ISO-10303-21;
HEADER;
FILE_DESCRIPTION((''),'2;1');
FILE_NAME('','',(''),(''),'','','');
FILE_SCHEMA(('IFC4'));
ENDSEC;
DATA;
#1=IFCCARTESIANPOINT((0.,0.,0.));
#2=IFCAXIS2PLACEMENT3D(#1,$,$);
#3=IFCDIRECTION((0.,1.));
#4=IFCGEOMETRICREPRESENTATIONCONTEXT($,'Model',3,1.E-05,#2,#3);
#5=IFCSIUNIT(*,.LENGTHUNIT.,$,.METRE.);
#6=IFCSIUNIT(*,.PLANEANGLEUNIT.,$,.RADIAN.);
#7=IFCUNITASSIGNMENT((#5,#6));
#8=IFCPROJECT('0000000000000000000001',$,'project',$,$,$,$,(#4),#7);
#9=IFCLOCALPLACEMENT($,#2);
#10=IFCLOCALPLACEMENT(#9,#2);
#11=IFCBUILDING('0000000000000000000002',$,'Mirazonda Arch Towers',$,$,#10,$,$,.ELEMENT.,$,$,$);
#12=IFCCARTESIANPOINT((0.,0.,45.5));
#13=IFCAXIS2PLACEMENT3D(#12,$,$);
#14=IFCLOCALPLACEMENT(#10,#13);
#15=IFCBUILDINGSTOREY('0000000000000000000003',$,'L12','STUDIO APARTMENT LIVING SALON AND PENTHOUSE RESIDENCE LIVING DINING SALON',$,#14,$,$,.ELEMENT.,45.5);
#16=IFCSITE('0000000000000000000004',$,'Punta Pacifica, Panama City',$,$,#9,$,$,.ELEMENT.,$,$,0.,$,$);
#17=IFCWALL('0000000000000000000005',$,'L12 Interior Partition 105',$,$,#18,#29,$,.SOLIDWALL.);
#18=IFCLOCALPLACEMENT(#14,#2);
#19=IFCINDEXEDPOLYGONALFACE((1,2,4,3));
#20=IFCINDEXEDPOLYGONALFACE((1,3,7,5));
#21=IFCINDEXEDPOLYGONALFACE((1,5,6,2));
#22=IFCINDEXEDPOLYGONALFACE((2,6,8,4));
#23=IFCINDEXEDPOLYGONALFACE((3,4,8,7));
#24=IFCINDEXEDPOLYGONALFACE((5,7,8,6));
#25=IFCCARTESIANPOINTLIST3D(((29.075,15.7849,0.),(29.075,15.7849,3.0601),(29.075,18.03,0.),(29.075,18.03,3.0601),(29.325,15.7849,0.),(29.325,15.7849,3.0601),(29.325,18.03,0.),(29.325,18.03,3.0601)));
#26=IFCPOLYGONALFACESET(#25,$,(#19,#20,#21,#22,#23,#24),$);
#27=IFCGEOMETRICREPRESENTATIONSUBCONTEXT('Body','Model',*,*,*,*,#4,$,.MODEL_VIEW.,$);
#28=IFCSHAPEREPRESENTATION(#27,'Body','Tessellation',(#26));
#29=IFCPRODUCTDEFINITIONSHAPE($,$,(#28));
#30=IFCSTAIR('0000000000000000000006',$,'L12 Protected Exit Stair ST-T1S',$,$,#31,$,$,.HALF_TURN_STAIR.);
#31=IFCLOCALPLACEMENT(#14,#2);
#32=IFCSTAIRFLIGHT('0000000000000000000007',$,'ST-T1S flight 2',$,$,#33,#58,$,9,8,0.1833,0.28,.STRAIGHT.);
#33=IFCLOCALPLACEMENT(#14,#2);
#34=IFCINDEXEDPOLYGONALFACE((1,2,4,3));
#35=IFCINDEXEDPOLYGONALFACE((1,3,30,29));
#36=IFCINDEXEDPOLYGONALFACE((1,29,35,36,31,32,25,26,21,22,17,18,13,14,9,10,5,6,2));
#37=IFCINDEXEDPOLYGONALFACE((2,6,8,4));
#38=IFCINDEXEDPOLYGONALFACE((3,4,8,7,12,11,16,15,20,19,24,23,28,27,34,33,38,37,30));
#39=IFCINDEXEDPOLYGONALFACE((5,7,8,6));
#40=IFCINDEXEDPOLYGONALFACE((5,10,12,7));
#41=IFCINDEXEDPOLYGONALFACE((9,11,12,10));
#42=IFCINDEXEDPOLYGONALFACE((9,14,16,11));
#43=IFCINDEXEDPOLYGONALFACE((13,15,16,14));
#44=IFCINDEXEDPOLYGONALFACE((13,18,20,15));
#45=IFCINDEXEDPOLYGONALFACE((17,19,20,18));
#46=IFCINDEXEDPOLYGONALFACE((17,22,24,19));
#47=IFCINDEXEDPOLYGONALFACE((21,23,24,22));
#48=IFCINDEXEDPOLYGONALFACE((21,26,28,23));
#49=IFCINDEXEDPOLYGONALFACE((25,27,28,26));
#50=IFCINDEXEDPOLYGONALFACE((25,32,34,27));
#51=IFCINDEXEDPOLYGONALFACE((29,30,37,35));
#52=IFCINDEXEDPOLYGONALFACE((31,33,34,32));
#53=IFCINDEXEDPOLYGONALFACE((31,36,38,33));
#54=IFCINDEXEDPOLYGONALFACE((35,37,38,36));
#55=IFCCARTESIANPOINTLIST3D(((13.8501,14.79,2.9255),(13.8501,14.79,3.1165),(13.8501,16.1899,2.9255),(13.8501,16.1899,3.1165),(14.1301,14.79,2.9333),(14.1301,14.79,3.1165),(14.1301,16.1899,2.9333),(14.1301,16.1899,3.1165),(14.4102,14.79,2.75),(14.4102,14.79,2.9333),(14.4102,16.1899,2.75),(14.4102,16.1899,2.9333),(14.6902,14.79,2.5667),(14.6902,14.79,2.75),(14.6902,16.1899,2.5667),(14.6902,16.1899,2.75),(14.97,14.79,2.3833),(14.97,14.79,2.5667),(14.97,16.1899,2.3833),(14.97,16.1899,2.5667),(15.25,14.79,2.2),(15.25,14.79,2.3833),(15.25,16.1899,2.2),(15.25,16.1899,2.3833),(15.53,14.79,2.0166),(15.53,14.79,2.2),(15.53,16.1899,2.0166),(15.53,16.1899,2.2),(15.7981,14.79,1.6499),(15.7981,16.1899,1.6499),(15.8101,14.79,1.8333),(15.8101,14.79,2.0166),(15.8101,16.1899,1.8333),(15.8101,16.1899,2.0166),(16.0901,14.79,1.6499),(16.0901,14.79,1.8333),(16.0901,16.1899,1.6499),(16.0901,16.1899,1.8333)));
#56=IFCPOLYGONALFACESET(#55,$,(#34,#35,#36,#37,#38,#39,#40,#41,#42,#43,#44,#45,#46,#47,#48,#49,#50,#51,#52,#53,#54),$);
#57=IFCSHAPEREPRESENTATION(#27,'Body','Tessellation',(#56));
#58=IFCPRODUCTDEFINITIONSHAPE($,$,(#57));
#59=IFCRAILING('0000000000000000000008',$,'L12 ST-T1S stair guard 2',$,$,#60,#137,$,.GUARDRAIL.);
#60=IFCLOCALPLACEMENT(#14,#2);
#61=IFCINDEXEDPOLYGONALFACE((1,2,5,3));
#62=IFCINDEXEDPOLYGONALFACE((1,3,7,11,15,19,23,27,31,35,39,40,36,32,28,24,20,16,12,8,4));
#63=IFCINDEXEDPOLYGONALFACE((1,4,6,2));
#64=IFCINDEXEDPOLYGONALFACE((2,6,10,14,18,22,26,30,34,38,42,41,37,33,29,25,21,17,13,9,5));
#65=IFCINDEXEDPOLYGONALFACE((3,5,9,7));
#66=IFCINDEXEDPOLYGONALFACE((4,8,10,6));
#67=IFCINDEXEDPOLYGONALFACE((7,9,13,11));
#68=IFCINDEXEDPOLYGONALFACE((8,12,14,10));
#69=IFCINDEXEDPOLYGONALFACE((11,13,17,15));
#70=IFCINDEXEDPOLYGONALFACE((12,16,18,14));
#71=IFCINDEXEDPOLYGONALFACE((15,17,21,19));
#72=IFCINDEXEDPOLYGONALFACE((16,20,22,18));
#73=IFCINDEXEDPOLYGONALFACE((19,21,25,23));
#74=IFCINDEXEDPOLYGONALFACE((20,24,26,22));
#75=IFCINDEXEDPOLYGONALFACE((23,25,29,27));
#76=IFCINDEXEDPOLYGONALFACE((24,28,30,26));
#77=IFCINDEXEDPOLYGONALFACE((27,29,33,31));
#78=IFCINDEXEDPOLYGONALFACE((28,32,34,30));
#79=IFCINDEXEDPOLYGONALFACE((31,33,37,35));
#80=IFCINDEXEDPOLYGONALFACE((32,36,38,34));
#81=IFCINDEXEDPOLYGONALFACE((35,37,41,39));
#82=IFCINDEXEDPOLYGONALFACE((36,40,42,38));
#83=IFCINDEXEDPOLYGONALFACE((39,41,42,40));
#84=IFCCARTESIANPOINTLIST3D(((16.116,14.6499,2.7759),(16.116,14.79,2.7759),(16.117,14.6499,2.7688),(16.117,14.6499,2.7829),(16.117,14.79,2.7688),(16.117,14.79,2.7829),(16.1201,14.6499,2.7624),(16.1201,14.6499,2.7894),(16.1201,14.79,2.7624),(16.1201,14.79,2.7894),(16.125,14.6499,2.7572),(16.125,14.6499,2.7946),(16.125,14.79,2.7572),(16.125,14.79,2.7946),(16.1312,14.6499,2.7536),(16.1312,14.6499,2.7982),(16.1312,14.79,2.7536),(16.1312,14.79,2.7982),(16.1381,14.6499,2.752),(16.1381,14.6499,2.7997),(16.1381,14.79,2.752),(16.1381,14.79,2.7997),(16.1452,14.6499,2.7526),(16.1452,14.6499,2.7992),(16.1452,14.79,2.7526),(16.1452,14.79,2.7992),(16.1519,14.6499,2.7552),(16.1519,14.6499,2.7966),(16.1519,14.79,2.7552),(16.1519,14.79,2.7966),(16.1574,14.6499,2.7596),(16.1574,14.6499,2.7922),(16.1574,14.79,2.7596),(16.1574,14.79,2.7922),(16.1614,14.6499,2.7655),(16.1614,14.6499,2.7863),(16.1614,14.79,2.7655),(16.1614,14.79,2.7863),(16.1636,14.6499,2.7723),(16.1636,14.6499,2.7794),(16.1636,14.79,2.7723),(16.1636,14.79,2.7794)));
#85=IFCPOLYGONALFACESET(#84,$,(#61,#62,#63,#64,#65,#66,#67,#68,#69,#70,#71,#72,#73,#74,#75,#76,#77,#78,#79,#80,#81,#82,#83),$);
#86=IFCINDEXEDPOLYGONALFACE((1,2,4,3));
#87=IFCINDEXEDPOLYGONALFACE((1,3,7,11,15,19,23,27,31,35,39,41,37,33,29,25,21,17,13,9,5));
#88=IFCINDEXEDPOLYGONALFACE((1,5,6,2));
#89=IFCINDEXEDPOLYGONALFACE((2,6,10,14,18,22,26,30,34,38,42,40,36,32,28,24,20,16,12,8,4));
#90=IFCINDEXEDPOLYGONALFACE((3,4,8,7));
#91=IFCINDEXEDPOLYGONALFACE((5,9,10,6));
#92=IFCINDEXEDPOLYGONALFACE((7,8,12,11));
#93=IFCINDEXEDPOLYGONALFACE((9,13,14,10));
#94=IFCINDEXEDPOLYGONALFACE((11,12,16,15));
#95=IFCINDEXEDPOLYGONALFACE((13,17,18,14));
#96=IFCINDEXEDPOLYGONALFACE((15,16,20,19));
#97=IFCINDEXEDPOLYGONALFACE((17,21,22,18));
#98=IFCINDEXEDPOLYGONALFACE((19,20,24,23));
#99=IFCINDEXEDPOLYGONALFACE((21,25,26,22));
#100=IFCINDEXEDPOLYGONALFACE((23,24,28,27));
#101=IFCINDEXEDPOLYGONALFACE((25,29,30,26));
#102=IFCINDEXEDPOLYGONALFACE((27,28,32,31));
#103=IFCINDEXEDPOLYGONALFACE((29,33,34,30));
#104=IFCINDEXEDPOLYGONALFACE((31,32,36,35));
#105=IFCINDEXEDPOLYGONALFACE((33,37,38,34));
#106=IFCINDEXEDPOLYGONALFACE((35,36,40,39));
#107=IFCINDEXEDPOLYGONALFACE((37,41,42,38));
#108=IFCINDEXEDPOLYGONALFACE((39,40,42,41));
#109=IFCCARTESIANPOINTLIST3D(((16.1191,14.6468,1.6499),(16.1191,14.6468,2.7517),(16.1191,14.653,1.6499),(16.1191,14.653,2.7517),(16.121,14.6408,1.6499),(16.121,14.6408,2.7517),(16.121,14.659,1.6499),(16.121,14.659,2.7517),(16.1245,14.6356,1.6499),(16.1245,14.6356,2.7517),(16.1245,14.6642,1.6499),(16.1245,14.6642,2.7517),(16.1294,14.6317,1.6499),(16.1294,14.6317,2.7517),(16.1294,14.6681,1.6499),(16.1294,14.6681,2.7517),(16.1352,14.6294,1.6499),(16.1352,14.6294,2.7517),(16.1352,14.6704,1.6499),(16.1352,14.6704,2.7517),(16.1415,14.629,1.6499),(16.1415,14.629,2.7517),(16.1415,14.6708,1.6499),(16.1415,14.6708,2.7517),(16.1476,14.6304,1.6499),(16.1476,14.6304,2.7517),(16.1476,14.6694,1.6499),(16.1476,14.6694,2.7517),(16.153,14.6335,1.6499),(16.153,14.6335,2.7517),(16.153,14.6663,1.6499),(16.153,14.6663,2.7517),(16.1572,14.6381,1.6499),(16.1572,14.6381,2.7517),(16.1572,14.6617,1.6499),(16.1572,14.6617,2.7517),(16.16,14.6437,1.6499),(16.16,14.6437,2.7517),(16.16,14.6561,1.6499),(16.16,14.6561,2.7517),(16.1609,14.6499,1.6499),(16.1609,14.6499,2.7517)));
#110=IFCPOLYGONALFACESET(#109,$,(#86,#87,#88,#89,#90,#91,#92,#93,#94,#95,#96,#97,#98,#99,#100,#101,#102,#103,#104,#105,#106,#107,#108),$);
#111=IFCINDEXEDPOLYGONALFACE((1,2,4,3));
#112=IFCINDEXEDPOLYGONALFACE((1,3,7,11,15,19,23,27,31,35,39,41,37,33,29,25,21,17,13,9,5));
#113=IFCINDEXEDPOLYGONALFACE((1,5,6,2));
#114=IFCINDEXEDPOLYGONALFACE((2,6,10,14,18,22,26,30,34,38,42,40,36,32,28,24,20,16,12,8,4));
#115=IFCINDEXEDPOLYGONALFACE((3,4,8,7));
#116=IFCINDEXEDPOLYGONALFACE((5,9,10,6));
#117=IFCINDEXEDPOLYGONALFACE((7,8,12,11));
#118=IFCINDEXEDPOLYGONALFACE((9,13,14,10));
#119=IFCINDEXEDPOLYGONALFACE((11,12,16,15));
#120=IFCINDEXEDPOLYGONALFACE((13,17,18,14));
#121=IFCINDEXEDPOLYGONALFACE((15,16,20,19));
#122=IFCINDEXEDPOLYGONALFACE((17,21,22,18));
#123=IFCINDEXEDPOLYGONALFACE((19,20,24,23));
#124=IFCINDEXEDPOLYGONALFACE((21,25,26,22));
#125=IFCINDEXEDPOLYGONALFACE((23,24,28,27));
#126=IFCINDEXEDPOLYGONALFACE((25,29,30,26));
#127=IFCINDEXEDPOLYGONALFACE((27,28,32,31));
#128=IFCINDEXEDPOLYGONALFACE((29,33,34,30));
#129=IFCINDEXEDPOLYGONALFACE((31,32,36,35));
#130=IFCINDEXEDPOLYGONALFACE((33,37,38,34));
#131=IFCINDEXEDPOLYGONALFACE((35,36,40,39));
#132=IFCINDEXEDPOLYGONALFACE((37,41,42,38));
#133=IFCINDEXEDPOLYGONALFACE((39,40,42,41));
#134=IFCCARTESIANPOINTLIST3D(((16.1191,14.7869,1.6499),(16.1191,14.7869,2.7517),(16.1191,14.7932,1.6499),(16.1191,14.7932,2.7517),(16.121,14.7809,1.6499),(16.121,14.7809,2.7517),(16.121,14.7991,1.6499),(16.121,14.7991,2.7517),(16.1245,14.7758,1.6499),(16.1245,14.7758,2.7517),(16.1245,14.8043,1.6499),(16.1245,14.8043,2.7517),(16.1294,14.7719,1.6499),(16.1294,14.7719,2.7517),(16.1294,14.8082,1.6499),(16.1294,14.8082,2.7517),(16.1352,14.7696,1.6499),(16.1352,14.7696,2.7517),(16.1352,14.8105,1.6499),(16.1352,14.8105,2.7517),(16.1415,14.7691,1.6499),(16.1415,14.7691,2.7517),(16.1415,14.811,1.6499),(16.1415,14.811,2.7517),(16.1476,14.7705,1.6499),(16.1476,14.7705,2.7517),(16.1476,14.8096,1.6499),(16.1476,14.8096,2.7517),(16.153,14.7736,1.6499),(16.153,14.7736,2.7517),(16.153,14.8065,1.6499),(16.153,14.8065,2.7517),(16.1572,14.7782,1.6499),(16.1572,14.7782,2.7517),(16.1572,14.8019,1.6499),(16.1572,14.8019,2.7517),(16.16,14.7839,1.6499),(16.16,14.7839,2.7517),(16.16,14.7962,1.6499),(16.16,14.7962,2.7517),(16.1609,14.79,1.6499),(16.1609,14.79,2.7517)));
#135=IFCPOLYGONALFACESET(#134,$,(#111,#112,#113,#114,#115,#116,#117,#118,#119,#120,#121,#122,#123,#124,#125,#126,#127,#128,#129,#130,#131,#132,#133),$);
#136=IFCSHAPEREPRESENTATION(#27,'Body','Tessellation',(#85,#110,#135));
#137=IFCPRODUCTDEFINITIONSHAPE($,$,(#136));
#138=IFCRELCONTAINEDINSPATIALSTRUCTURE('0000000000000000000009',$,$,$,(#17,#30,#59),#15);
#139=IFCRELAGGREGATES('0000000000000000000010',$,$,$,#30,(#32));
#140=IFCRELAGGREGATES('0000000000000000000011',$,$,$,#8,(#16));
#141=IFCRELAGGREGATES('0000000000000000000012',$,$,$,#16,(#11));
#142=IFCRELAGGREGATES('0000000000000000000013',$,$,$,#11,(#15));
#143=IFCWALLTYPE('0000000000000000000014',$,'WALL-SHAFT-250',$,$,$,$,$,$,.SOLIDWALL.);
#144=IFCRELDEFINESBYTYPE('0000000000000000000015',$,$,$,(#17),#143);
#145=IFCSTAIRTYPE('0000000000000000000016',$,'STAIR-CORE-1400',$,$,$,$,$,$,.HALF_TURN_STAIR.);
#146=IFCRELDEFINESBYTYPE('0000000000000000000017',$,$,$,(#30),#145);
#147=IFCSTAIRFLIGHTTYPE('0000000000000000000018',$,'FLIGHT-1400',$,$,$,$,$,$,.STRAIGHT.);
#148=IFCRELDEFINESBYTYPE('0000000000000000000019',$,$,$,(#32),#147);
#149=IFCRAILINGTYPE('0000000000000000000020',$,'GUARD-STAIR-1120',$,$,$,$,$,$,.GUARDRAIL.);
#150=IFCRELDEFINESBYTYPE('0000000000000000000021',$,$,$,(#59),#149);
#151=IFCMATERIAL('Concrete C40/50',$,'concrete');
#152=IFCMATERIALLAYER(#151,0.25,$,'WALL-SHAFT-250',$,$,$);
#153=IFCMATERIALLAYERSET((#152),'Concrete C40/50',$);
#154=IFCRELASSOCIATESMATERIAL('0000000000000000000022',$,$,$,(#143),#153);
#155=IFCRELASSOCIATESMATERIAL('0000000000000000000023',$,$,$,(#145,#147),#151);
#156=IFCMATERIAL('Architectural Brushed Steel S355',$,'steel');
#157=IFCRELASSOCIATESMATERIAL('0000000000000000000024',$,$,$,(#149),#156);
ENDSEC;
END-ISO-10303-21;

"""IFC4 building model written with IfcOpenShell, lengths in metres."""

from ifc_helpers import new_model, si_unit, direction, frame, frame_2d, origin, origin_2d, place, context, subcontext, project, spatial, polyline, rectangle, circle, outline, extrude, material, layer, layer_set, type_object, element, aggregate, save


model = new_model("IFC4")

# Units and contexts
model_context = context("Model", 3, precision=1e-05, world=origin(), true_north=direction((0.0, 1.0)))
body_context = subcontext(model_context, "Body", "Model", "MODEL_VIEW")
ifc_project = project(units=[si_unit("LENGTHUNIT", "METRE"), si_unit("PLANEANGLEUNIT", "RADIAN")], contexts=[model_context])

# Site, building, storey
site_placement = place(None, origin())
site = spatial("IfcSite", under=ifc_project, at=site_placement, Name="Punta Pacifica, Panama City", CompositionType="ELEMENT", RefElevation=0.0)
building_placement = place(site_placement, origin())
building = spatial("IfcBuilding", under=site, at=building_placement, Name="Mirazonda Arch Towers", CompositionType="ELEMENT")
storey_placement = place(building_placement, frame((0.0, 0.0, 45.5)))
storey = spatial("IfcBuildingStorey", under=building, at=storey_placement, Name="L12", Description="STUDIO APARTMENT LIVING SALON AND PENTHOUSE RESIDENCE LIVING DINING SALON", CompositionType="ELEMENT", Elevation=45.5)

# Wall
ifc_material_1 = material(Name="Concrete C40/50", Category="concrete")
ifc_layer_1 = layer(ifc_material_1, 0.25, Name="WALL-SHAFT-250")
ifc_layer_set_1 = layer_set([ifc_layer_1], Name="Concrete C40/50")
wall_type_1 = type_object("IfcWallType", Name="WALL-SHAFT-250", PredefinedType="SOLIDWALL", material=ifc_layer_set_1)
for number, where, z_axis, x_axis, name in (
    (1, (29.2, 15.7849, 0.0), (0.0, 0.0, 1.0), (0.0, 1.0, 0.0), "L12 Interior Partition 105"),
):
    element("IfcWall", number, at=place(storey_placement, frame(where, z_axis=z_axis, x_axis=x_axis)), inside=storey, type_object=wall_type_1, Name=name, PredefinedType="SOLIDWALL", context=body_context, shape_type="SweptSolid", body=[
        extrude(rectangle(XDim=2.2451, YDim=0.25, at=frame_2d((1.1226, 0.0))), origin(), (0.0, 0.0, 1.0), 3.0601),
    ])

# Stair, stair flight
stair_type = type_object("IfcStairType", Name="STAIR-CORE-1400", PredefinedType="HALF_TURN_STAIR", material=ifc_material_1)
stair_placement = place(storey_placement, origin())
stair = element("IfcStair", 2, at=stair_placement, inside=storey, type_object=stair_type, Name="L12 Protected Exit Stair ST-T1S", PredefinedType="HALF_TURN_STAIR")
stair_flight_type = type_object("IfcStairFlightType", Name="FLIGHT-1400", PredefinedType="STRAIGHT", material=ifc_material_1)
stair_flight_placement = place(storey_placement, frame((16.0901, 15.49, 1.6499), z_axis=(0.0, 0.0, 1.0), x_axis=(-1.0, 0.0, 0.0)))
stair_flight = element("IfcStairFlight", 3, at=stair_flight_placement, type_object=stair_flight_type, Name="ST-T1S flight 2", NumberOfRisers=9, NumberOfTreads=8, PredefinedType="STRAIGHT", RiserHeight=0.1833, TreadLength=0.28, context=body_context, shape_type="SweptSolid", body=[
    extrude(outline(polyline([(0.0, 0.0), (0.0, 0.1833), (0.28, 0.1833), (0.28, 0.3667), (0.5601, 0.3667), (0.5601, 0.55), (0.8401, 0.55), (0.8401, 0.7334), (1.1201, 0.7334), (1.1201, 0.9167), (1.3999, 0.9167), (1.3999, 1.1001), (1.6799, 1.1001), (1.6799, 1.2834), (1.96, 1.2834), (1.96, 1.4666), (2.24, 1.4666), (2.24, 1.6499), (2.24, 1.2756), (0.292, 0.0), (0.0, 0.0)])), frame((0.0, 0.7, 0.0), z_axis=(0.0, -1.0, 0.0), x_axis=(1.0, 0.0, 0.0)), (0.0, 0.0, 1.0), 1.3999),
])
aggregate(stair, [stair_flight])

# Railing
ifc_material_2 = material(Name="Architectural Brushed Steel S355", Category="steel")
railing_type_1 = type_object("IfcRailingType", Name="GUARD-STAIR-1120", PredefinedType="GUARDRAIL", material=ifc_material_2)
railing_1_placement = place(storey_placement, frame((16.1399, 14.6499, 1.6499)))
element("IfcRailing", 4, at=railing_1_placement, inside=storey, type_object=railing_type_1, Name="L12 ST-T1S stair guard 2", PredefinedType="GUARDRAIL", context=body_context, shape_type="SweptSolid", body=[
    extrude(circle(Radius=0.0239, at=origin_2d()), frame((0.0, 0.0, 1.126), z_axis=(0.0, 1.0, 0.0), x_axis=(-1.0, 0.0, 0.0)), (0.0, 0.0, 1.0), 0.1401),
    extrude(circle(Radius=0.021, at=origin_2d()), origin(), (0.0, 0.0, 1.0), 1.1018),
    extrude(circle(Radius=0.021, at=origin_2d()), frame((0.0, 0.1401, 0.0)), (0.0, 0.0, 1.0), 1.1018),
])

save(model, "model.ifc")
